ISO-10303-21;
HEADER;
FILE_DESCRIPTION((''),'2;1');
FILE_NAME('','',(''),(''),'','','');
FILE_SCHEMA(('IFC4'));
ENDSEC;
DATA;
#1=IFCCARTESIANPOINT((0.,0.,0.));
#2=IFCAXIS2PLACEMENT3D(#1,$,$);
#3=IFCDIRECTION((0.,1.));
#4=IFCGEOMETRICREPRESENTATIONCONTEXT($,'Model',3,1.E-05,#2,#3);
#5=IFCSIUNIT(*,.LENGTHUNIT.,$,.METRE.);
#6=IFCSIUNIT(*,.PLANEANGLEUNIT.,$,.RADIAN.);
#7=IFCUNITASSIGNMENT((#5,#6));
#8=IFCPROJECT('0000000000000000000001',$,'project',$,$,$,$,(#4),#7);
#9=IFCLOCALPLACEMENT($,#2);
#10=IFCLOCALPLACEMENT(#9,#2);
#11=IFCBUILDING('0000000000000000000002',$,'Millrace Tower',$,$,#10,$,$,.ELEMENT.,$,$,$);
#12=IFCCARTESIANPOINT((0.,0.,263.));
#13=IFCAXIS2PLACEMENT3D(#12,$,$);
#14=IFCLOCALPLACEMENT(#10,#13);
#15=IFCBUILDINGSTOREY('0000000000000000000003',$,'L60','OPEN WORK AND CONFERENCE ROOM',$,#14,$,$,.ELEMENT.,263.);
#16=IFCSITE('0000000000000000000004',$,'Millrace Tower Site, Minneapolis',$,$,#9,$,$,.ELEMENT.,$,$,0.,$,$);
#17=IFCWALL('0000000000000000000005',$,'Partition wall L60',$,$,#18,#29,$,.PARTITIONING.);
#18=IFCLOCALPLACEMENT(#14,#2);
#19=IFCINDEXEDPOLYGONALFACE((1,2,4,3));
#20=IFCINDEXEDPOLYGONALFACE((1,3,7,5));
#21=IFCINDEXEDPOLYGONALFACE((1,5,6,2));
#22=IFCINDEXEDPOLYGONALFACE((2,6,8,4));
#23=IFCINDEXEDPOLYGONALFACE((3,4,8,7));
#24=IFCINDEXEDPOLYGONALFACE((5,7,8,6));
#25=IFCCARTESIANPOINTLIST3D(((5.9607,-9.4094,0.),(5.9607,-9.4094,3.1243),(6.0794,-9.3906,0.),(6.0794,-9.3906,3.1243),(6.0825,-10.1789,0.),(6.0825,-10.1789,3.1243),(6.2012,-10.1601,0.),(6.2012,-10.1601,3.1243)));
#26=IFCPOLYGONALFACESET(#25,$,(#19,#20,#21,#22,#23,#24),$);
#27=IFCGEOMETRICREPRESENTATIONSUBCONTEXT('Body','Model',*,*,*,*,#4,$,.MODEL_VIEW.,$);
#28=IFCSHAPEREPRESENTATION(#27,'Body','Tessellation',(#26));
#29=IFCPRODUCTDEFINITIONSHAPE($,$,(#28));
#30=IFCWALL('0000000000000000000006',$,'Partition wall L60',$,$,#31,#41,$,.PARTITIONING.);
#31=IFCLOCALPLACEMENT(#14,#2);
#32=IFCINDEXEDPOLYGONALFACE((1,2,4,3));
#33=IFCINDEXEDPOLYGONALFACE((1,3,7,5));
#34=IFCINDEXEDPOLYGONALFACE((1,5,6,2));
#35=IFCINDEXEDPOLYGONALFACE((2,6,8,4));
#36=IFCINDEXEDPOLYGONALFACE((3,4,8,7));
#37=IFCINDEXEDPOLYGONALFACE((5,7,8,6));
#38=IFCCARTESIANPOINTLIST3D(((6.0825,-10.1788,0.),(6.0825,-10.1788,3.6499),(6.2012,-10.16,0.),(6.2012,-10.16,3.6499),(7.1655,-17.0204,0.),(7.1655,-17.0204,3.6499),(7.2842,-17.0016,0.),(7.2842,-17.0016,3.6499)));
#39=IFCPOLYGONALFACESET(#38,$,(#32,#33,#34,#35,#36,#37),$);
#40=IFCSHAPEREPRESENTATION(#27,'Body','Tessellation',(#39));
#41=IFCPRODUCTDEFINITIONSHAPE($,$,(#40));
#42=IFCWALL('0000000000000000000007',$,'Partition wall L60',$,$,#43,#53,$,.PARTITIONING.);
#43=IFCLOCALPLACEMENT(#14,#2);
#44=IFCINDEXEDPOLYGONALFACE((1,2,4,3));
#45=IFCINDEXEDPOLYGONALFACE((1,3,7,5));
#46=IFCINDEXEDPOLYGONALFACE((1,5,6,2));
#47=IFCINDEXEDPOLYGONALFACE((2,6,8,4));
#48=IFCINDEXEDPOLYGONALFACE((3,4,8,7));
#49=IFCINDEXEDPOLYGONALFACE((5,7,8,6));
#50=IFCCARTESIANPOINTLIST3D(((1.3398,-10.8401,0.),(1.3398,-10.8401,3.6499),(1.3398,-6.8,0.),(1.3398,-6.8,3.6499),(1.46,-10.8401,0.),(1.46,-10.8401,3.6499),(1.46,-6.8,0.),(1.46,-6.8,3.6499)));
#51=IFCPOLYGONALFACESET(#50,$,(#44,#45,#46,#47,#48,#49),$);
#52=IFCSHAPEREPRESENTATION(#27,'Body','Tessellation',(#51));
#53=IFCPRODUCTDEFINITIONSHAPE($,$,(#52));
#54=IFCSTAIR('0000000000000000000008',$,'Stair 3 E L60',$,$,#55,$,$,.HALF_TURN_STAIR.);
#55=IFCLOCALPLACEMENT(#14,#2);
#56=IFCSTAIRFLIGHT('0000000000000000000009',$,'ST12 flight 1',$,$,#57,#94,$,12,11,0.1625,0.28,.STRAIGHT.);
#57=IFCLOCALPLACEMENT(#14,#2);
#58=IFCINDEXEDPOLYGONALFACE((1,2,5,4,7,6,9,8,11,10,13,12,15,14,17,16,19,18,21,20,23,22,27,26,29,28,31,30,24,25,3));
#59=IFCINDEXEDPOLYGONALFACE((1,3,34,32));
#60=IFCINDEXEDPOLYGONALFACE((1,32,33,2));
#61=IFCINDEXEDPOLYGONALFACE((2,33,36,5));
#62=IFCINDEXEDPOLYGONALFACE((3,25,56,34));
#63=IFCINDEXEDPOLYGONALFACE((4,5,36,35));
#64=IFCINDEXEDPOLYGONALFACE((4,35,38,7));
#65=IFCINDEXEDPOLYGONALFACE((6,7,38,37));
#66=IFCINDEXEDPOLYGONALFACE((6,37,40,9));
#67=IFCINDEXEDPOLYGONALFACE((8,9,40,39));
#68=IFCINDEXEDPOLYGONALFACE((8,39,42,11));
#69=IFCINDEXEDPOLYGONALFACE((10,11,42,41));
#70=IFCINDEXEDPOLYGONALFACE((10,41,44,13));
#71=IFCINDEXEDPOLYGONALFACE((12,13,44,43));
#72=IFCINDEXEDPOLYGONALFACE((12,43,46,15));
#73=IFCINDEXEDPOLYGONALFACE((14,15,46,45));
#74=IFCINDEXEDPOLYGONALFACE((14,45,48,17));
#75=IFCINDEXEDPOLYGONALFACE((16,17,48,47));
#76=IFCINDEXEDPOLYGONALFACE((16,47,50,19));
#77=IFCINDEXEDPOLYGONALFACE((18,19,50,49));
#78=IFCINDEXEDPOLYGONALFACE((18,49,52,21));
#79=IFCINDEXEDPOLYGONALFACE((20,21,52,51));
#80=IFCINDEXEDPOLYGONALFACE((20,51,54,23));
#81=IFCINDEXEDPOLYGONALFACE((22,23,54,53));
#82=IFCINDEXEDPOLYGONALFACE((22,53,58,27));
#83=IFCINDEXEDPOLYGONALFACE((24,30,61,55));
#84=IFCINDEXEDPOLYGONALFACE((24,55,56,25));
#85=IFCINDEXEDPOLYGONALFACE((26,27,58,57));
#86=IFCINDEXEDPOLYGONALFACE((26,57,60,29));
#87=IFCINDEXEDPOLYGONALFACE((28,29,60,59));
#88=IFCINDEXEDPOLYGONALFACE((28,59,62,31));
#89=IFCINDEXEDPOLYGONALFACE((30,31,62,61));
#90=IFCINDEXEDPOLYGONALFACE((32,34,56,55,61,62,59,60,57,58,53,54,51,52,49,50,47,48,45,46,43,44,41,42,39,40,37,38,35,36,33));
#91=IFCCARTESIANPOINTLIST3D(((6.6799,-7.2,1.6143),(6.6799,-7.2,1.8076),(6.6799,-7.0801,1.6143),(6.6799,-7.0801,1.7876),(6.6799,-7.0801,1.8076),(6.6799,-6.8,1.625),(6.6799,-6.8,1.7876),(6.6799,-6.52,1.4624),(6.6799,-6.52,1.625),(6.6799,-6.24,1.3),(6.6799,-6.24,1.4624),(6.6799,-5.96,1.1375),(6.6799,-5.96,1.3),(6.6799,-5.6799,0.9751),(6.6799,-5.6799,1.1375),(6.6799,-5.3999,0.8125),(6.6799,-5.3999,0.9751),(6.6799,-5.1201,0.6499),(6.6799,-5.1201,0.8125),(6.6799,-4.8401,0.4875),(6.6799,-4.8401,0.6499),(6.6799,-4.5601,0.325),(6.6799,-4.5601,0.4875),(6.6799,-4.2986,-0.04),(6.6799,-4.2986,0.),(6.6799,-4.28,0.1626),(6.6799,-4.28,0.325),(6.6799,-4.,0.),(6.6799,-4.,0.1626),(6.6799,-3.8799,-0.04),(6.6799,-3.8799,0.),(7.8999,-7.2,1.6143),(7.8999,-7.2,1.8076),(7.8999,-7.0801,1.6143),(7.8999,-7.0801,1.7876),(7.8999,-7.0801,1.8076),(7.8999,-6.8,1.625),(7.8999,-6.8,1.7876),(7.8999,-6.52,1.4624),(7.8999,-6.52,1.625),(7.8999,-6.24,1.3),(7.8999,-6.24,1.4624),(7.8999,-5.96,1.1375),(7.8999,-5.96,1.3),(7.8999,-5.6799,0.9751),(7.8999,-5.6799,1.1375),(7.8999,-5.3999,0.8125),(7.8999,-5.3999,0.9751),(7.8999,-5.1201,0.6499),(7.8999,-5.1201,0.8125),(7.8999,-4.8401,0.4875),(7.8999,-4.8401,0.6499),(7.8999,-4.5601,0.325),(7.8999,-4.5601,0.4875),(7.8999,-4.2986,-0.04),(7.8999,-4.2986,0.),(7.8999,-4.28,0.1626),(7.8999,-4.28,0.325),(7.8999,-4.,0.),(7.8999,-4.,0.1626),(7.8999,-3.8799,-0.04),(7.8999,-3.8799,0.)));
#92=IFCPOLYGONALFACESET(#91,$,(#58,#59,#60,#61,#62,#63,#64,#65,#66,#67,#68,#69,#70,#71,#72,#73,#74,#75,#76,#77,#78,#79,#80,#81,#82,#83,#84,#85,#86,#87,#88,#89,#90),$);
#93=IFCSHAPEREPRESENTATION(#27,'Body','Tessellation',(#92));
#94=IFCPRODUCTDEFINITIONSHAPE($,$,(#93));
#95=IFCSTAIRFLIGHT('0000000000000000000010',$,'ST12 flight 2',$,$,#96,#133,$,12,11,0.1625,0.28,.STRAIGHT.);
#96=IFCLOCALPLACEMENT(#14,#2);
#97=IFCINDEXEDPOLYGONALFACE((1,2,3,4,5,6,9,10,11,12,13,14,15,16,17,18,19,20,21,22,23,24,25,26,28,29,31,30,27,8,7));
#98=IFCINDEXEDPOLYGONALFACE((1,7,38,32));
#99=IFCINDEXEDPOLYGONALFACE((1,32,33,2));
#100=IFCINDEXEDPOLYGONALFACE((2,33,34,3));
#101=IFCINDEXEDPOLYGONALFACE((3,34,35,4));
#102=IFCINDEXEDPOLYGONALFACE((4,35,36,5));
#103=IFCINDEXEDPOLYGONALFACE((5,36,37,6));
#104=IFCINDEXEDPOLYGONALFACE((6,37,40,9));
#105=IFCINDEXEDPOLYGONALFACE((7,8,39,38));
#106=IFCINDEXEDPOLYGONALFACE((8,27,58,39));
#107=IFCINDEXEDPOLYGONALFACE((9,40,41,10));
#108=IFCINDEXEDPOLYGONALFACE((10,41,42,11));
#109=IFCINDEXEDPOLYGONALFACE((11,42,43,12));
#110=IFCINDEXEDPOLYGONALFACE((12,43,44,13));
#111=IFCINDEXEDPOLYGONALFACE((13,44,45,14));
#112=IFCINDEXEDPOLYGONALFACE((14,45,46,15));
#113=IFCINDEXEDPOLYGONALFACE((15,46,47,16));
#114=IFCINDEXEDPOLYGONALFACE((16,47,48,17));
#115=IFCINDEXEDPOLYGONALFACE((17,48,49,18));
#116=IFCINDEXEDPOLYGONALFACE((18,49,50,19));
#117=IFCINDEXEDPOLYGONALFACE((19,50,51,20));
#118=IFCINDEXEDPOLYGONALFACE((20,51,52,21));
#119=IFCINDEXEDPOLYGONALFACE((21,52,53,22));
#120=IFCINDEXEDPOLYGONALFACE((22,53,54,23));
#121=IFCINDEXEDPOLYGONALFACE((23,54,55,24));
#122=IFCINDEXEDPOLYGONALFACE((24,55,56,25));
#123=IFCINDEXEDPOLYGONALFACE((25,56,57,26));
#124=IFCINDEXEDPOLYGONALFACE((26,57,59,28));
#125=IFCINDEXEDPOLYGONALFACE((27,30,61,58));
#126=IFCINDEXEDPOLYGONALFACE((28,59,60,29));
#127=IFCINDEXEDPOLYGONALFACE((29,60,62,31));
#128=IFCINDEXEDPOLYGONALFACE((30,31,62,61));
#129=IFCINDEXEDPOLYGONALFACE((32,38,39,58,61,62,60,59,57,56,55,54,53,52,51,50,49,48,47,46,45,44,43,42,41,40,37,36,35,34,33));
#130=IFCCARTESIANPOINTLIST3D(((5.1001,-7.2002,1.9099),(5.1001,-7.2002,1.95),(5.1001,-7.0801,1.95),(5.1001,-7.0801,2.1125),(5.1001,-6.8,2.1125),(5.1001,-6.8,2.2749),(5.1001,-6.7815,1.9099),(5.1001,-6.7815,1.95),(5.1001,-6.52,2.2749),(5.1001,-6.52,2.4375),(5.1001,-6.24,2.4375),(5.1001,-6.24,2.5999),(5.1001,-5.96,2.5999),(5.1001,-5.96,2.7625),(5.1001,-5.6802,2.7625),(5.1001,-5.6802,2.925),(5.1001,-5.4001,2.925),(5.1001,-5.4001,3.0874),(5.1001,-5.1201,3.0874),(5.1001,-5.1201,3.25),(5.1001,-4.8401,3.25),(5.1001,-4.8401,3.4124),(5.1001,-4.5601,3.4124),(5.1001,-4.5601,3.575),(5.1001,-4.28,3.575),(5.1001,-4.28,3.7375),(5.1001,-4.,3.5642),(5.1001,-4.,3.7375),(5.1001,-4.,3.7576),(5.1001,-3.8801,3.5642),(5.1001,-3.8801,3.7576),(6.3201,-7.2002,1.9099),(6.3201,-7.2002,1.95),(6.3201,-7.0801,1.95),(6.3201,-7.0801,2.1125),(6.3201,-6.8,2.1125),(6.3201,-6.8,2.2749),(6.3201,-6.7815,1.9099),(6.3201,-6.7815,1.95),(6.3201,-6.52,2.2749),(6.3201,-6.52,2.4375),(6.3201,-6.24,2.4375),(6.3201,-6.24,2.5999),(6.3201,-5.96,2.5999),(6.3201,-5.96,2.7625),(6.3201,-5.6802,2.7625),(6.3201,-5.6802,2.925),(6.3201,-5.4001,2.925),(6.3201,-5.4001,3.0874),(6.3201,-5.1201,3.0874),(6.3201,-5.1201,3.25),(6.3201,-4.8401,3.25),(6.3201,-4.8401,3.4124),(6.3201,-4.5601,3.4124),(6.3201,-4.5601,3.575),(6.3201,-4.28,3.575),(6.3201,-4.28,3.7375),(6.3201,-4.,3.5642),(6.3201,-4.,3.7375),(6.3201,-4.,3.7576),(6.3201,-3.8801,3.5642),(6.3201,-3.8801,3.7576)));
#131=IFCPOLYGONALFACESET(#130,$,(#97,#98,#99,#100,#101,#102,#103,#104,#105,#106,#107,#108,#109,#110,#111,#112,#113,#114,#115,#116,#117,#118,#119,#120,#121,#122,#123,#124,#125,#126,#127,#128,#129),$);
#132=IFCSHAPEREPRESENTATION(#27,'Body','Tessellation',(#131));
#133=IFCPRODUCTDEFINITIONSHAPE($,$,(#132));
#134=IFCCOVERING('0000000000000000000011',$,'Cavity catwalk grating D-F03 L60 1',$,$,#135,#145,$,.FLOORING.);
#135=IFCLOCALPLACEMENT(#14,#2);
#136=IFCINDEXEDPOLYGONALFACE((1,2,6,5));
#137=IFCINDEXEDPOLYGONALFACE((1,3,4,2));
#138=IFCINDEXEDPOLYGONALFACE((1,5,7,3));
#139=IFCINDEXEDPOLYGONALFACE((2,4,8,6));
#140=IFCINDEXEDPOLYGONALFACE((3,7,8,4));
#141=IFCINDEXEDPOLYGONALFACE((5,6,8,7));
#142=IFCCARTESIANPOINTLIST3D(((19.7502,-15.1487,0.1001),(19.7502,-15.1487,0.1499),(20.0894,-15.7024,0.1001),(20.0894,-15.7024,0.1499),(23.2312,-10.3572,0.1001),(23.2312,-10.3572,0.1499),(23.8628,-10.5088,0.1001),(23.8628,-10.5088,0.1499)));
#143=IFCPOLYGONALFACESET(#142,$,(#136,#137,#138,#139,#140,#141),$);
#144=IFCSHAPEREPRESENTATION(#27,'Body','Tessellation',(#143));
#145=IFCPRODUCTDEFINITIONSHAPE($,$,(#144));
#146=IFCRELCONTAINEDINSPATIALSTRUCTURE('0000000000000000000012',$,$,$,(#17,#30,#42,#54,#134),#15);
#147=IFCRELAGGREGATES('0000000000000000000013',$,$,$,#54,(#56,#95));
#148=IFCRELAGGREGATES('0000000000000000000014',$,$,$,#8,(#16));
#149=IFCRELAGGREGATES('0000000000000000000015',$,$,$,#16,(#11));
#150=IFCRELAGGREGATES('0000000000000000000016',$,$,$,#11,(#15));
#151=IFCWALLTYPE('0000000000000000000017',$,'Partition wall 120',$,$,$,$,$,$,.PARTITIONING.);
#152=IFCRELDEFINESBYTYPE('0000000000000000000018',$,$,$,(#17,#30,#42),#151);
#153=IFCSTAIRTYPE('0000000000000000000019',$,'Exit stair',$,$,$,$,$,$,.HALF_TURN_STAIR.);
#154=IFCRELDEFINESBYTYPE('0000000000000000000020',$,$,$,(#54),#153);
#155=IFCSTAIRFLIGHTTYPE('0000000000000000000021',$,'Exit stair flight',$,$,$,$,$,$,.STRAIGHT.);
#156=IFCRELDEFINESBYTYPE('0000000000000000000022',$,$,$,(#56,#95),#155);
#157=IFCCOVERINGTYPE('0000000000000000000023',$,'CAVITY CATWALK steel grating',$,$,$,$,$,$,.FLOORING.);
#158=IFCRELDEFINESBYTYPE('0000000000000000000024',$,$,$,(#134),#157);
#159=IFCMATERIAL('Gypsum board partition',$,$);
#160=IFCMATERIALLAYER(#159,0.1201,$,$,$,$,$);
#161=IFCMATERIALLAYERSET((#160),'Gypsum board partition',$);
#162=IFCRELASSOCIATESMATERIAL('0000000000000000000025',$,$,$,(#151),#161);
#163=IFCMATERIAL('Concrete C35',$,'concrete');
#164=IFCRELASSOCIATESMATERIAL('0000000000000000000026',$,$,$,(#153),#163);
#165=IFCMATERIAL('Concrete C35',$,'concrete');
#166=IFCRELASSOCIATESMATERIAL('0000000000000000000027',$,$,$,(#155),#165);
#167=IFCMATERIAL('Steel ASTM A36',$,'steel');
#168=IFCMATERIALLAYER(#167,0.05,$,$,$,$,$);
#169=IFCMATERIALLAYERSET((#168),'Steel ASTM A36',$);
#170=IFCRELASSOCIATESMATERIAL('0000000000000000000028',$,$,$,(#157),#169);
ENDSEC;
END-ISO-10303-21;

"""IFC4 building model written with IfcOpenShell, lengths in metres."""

from ifc_helpers import new_model, si_unit, direction, frame, frame_2d, origin, place, context, subcontext, project, spatial, polyline, rectangle, outline, extrude, material, layer, layer_set, type_object, element, aggregate, save


model = new_model("IFC4")

# Units and contexts
model_context = context("Model", 3, precision=1e-05, world=origin(), true_north=direction((0.0, 1.0)))
body_context = subcontext(model_context, "Body", "Model", "MODEL_VIEW")
ifc_project = project(units=[si_unit("LENGTHUNIT", "METRE"), si_unit("PLANEANGLEUNIT", "RADIAN")], contexts=[model_context])

# Site, building, storey
site_placement = place(None, origin())
site = spatial("IfcSite", under=ifc_project, at=site_placement, Name="Millrace Tower Site, Minneapolis", CompositionType="ELEMENT", RefElevation=0.0)
building_placement = place(site_placement, origin())
building = spatial("IfcBuilding", under=site, at=building_placement, Name="Millrace Tower", CompositionType="ELEMENT")
storey_placement = place(building_placement, frame((0.0, 0.0, 263.0)))
storey = spatial("IfcBuildingStorey", under=building, at=storey_placement, Name="L60", Description="OPEN WORK AND CONFERENCE ROOM", CompositionType="ELEMENT", Elevation=263.0)

# Shared definitions
placement_1 = place(storey_placement, origin())

# Walls
ifc_material_1 = material(Name="Gypsum board partition")
ifc_layer_1 = layer(ifc_material_1, 0.1201)
ifc_layer_set_1 = layer_set([ifc_layer_1], Name="Gypsum board partition")
wall_type_1 = type_object("IfcWallType", Name="Partition wall 120", PredefinedType="PARTITIONING", material=ifc_layer_set_1)
wall_1_placement = place(storey_placement, frame((6.02, -9.3999, 0.0), z_axis=(0.0, 0.0, 1.0), x_axis=(0.156365, -0.987699, 0.0)))
element("IfcWall", 1, at=wall_1_placement, inside=storey, type_object=wall_type_1, Name="Partition wall L60", PredefinedType="PARTITIONING", context=body_context, shape_type="SweptSolid", body=[
    extrude(rectangle(XDim=0.7791, YDim=0.1201, at=frame_2d((0.3896, 0.0))), origin(), (0.0, 0.0, 1.0), 3.1243),
])
wall_2_placement = place(storey_placement, frame((6.1418, -10.1694, 0.0), z_axis=(0.0, 0.0, 1.0), x_axis=(0.156352, -0.987701, 0.0)))
element("IfcWall", 2, at=wall_2_placement, inside=storey, type_object=wall_type_1, Name="Partition wall L60", PredefinedType="PARTITIONING", context=body_context, shape_type="SweptSolid", body=[
    extrude(rectangle(XDim=6.9268, YDim=0.1201, at=frame_2d((3.4634, 0.0))), origin(), (0.0, 0.0, 1.0), 3.6499),
])
wall_3_placement = place(storey_placement, frame((1.3999, -10.8401, 0.0), z_axis=(0.0, 0.0, 1.0), x_axis=(0.0, 1.0, 0.0)))
element("IfcWall", 3, at=wall_3_placement, inside=storey, type_object=wall_type_1, Name="Partition wall L60", PredefinedType="PARTITIONING", context=body_context, shape_type="SweptSolid", body=[
    extrude(rectangle(XDim=4.04, YDim=0.1201, at=frame_2d((2.02, 0.0))), origin(), (0.0, 0.0, 1.0), 3.6499),
])

# Stair, stair flights
ifc_material_2 = material(Name="Concrete C35", Category="concrete")
stair_type = type_object("IfcStairType", Name="Exit stair", PredefinedType="HALF_TURN_STAIR", material=ifc_material_2)
stair = element("IfcStair", 4, at=placement_1, inside=storey, type_object=stair_type, Name="Stair 3 E L60", PredefinedType="HALF_TURN_STAIR")
ifc_material_3 = material(Name="Concrete C35", Category="concrete")
stair_flight_type = type_object("IfcStairFlightType", Name="Exit stair flight", PredefinedType="STRAIGHT", material=ifc_material_3)
stair_flight_1_placement = place(storey_placement, frame((7.29, -4.0, 0.0), z_axis=(0.0, 0.0, 1.0), x_axis=(0.0, -1.0, 0.0)))
stair_flight_1 = element("IfcStairFlight", 5, at=stair_flight_1_placement, type_object=stair_flight_type, Name="ST12 flight 1", NumberOfRisers=12, NumberOfTreads=11, PredefinedType="STRAIGHT", RiserHeight=0.1625, TreadLength=0.28, context=body_context, shape_type="SweptSolid", body=[
    extrude(outline(polyline([(-0.1201, -0.04), (-0.1201, 0.0), (0.0, 0.0), (0.0, 0.1626), (0.28, 0.1626), (0.28, 0.325), (0.5601, 0.325), (0.5601, 0.4875), (0.8401, 0.4875), (0.8401, 0.6499), (1.1201, 0.6499), (1.1201, 0.8125), (1.3999, 0.8125), (1.3999, 0.9751), (1.6799, 0.9751), (1.6799, 1.1375), (1.96, 1.1375), (1.96, 1.3), (2.24, 1.3), (2.24, 1.4624), (2.52, 1.4624), (2.52, 1.625), (2.8, 1.625), (2.8, 1.7876), (3.0801, 1.7876), (3.0801, 1.8076), (3.2, 1.8076), (3.2, 1.6143), (3.0801, 1.6143), (0.2986, 0.0), (0.2986, -0.04), (-0.1201, -0.04)])), frame((0.0, 0.6099, 0.0), z_axis=(0.0, -1.0, 0.0), x_axis=(1.0, 0.0, 0.0)), (0.0, 0.0, 1.0), 1.22),
])
stair_flight_2_placement = place(storey_placement, frame((5.71, -7.0801, 1.95), z_axis=(0.0, 0.0, 1.0), x_axis=(0.0, 1.0, 0.0)))
stair_flight_2 = element("IfcStairFlight", 6, at=stair_flight_2_placement, type_object=stair_flight_type, Name="ST12 flight 2", NumberOfRisers=12, NumberOfTreads=11, PredefinedType="STRAIGHT", RiserHeight=0.1625, TreadLength=0.28, context=body_context, shape_type="SweptSolid", body=[
    extrude(outline(polyline([(-0.1201, -0.04), (-0.1201, 0.0), (0.0, 0.0), (0.0, 0.1626), (0.28, 0.1626), (0.28, 0.325), (0.5601, 0.325), (0.5601, 0.4875), (0.8401, 0.4875), (0.8401, 0.6499), (1.1201, 0.6499), (1.1201, 0.8125), (1.3999, 0.8125), (1.3999, 0.9751), (1.6799, 0.9751), (1.6799, 1.1375), (1.96, 1.1375), (1.96, 1.3), (2.24, 1.3), (2.24, 1.4624), (2.52, 1.4624), (2.52, 1.625), (2.8, 1.625), (2.8, 1.7876), (3.0801, 1.7876), (3.0801, 1.8076), (3.2, 1.8076), (3.2, 1.6143), (3.0801, 1.6143), (0.2986, 0.0), (0.2986, -0.04), (-0.1201, -0.04)])), frame((0.0, 0.6099, 0.0), z_axis=(0.0, -1.0, 0.0), x_axis=(1.0, 0.0, 0.0)), (0.0, 0.0, 1.0), 1.22),
])
aggregate(stair, [stair_flight_1, stair_flight_2])

# Covering
ifc_material_4 = material(Name="Steel ASTM A36", Category="steel")
ifc_layer_2 = layer(ifc_material_4, 0.05)
ifc_layer_set_2 = layer_set([ifc_layer_2], Name="Steel ASTM A36")
covering_type = type_object("IfcCoveringType", Name="CAVITY CATWALK steel grating", PredefinedType="FLOORING", material=ifc_layer_set_2)
covering_placement = place(storey_placement, frame((0.0, 0.0, 0.1001)))
element("IfcCovering", 7, at=covering_placement, inside=storey, type_object=covering_type, Name="Cavity catwalk grating D-F03 L60 1", PredefinedType="FLOORING", context=body_context, shape_type="SweptSolid", body=[
    extrude(outline(polyline([(20.0894, -15.7024), (23.8628, -10.5088), (23.2312, -10.3572), (19.7502, -15.1487), (20.0894, -15.7024)])), origin(), (0.0, 0.0, 1.0), 0.0498),
])

save(model, "model.ifc")
